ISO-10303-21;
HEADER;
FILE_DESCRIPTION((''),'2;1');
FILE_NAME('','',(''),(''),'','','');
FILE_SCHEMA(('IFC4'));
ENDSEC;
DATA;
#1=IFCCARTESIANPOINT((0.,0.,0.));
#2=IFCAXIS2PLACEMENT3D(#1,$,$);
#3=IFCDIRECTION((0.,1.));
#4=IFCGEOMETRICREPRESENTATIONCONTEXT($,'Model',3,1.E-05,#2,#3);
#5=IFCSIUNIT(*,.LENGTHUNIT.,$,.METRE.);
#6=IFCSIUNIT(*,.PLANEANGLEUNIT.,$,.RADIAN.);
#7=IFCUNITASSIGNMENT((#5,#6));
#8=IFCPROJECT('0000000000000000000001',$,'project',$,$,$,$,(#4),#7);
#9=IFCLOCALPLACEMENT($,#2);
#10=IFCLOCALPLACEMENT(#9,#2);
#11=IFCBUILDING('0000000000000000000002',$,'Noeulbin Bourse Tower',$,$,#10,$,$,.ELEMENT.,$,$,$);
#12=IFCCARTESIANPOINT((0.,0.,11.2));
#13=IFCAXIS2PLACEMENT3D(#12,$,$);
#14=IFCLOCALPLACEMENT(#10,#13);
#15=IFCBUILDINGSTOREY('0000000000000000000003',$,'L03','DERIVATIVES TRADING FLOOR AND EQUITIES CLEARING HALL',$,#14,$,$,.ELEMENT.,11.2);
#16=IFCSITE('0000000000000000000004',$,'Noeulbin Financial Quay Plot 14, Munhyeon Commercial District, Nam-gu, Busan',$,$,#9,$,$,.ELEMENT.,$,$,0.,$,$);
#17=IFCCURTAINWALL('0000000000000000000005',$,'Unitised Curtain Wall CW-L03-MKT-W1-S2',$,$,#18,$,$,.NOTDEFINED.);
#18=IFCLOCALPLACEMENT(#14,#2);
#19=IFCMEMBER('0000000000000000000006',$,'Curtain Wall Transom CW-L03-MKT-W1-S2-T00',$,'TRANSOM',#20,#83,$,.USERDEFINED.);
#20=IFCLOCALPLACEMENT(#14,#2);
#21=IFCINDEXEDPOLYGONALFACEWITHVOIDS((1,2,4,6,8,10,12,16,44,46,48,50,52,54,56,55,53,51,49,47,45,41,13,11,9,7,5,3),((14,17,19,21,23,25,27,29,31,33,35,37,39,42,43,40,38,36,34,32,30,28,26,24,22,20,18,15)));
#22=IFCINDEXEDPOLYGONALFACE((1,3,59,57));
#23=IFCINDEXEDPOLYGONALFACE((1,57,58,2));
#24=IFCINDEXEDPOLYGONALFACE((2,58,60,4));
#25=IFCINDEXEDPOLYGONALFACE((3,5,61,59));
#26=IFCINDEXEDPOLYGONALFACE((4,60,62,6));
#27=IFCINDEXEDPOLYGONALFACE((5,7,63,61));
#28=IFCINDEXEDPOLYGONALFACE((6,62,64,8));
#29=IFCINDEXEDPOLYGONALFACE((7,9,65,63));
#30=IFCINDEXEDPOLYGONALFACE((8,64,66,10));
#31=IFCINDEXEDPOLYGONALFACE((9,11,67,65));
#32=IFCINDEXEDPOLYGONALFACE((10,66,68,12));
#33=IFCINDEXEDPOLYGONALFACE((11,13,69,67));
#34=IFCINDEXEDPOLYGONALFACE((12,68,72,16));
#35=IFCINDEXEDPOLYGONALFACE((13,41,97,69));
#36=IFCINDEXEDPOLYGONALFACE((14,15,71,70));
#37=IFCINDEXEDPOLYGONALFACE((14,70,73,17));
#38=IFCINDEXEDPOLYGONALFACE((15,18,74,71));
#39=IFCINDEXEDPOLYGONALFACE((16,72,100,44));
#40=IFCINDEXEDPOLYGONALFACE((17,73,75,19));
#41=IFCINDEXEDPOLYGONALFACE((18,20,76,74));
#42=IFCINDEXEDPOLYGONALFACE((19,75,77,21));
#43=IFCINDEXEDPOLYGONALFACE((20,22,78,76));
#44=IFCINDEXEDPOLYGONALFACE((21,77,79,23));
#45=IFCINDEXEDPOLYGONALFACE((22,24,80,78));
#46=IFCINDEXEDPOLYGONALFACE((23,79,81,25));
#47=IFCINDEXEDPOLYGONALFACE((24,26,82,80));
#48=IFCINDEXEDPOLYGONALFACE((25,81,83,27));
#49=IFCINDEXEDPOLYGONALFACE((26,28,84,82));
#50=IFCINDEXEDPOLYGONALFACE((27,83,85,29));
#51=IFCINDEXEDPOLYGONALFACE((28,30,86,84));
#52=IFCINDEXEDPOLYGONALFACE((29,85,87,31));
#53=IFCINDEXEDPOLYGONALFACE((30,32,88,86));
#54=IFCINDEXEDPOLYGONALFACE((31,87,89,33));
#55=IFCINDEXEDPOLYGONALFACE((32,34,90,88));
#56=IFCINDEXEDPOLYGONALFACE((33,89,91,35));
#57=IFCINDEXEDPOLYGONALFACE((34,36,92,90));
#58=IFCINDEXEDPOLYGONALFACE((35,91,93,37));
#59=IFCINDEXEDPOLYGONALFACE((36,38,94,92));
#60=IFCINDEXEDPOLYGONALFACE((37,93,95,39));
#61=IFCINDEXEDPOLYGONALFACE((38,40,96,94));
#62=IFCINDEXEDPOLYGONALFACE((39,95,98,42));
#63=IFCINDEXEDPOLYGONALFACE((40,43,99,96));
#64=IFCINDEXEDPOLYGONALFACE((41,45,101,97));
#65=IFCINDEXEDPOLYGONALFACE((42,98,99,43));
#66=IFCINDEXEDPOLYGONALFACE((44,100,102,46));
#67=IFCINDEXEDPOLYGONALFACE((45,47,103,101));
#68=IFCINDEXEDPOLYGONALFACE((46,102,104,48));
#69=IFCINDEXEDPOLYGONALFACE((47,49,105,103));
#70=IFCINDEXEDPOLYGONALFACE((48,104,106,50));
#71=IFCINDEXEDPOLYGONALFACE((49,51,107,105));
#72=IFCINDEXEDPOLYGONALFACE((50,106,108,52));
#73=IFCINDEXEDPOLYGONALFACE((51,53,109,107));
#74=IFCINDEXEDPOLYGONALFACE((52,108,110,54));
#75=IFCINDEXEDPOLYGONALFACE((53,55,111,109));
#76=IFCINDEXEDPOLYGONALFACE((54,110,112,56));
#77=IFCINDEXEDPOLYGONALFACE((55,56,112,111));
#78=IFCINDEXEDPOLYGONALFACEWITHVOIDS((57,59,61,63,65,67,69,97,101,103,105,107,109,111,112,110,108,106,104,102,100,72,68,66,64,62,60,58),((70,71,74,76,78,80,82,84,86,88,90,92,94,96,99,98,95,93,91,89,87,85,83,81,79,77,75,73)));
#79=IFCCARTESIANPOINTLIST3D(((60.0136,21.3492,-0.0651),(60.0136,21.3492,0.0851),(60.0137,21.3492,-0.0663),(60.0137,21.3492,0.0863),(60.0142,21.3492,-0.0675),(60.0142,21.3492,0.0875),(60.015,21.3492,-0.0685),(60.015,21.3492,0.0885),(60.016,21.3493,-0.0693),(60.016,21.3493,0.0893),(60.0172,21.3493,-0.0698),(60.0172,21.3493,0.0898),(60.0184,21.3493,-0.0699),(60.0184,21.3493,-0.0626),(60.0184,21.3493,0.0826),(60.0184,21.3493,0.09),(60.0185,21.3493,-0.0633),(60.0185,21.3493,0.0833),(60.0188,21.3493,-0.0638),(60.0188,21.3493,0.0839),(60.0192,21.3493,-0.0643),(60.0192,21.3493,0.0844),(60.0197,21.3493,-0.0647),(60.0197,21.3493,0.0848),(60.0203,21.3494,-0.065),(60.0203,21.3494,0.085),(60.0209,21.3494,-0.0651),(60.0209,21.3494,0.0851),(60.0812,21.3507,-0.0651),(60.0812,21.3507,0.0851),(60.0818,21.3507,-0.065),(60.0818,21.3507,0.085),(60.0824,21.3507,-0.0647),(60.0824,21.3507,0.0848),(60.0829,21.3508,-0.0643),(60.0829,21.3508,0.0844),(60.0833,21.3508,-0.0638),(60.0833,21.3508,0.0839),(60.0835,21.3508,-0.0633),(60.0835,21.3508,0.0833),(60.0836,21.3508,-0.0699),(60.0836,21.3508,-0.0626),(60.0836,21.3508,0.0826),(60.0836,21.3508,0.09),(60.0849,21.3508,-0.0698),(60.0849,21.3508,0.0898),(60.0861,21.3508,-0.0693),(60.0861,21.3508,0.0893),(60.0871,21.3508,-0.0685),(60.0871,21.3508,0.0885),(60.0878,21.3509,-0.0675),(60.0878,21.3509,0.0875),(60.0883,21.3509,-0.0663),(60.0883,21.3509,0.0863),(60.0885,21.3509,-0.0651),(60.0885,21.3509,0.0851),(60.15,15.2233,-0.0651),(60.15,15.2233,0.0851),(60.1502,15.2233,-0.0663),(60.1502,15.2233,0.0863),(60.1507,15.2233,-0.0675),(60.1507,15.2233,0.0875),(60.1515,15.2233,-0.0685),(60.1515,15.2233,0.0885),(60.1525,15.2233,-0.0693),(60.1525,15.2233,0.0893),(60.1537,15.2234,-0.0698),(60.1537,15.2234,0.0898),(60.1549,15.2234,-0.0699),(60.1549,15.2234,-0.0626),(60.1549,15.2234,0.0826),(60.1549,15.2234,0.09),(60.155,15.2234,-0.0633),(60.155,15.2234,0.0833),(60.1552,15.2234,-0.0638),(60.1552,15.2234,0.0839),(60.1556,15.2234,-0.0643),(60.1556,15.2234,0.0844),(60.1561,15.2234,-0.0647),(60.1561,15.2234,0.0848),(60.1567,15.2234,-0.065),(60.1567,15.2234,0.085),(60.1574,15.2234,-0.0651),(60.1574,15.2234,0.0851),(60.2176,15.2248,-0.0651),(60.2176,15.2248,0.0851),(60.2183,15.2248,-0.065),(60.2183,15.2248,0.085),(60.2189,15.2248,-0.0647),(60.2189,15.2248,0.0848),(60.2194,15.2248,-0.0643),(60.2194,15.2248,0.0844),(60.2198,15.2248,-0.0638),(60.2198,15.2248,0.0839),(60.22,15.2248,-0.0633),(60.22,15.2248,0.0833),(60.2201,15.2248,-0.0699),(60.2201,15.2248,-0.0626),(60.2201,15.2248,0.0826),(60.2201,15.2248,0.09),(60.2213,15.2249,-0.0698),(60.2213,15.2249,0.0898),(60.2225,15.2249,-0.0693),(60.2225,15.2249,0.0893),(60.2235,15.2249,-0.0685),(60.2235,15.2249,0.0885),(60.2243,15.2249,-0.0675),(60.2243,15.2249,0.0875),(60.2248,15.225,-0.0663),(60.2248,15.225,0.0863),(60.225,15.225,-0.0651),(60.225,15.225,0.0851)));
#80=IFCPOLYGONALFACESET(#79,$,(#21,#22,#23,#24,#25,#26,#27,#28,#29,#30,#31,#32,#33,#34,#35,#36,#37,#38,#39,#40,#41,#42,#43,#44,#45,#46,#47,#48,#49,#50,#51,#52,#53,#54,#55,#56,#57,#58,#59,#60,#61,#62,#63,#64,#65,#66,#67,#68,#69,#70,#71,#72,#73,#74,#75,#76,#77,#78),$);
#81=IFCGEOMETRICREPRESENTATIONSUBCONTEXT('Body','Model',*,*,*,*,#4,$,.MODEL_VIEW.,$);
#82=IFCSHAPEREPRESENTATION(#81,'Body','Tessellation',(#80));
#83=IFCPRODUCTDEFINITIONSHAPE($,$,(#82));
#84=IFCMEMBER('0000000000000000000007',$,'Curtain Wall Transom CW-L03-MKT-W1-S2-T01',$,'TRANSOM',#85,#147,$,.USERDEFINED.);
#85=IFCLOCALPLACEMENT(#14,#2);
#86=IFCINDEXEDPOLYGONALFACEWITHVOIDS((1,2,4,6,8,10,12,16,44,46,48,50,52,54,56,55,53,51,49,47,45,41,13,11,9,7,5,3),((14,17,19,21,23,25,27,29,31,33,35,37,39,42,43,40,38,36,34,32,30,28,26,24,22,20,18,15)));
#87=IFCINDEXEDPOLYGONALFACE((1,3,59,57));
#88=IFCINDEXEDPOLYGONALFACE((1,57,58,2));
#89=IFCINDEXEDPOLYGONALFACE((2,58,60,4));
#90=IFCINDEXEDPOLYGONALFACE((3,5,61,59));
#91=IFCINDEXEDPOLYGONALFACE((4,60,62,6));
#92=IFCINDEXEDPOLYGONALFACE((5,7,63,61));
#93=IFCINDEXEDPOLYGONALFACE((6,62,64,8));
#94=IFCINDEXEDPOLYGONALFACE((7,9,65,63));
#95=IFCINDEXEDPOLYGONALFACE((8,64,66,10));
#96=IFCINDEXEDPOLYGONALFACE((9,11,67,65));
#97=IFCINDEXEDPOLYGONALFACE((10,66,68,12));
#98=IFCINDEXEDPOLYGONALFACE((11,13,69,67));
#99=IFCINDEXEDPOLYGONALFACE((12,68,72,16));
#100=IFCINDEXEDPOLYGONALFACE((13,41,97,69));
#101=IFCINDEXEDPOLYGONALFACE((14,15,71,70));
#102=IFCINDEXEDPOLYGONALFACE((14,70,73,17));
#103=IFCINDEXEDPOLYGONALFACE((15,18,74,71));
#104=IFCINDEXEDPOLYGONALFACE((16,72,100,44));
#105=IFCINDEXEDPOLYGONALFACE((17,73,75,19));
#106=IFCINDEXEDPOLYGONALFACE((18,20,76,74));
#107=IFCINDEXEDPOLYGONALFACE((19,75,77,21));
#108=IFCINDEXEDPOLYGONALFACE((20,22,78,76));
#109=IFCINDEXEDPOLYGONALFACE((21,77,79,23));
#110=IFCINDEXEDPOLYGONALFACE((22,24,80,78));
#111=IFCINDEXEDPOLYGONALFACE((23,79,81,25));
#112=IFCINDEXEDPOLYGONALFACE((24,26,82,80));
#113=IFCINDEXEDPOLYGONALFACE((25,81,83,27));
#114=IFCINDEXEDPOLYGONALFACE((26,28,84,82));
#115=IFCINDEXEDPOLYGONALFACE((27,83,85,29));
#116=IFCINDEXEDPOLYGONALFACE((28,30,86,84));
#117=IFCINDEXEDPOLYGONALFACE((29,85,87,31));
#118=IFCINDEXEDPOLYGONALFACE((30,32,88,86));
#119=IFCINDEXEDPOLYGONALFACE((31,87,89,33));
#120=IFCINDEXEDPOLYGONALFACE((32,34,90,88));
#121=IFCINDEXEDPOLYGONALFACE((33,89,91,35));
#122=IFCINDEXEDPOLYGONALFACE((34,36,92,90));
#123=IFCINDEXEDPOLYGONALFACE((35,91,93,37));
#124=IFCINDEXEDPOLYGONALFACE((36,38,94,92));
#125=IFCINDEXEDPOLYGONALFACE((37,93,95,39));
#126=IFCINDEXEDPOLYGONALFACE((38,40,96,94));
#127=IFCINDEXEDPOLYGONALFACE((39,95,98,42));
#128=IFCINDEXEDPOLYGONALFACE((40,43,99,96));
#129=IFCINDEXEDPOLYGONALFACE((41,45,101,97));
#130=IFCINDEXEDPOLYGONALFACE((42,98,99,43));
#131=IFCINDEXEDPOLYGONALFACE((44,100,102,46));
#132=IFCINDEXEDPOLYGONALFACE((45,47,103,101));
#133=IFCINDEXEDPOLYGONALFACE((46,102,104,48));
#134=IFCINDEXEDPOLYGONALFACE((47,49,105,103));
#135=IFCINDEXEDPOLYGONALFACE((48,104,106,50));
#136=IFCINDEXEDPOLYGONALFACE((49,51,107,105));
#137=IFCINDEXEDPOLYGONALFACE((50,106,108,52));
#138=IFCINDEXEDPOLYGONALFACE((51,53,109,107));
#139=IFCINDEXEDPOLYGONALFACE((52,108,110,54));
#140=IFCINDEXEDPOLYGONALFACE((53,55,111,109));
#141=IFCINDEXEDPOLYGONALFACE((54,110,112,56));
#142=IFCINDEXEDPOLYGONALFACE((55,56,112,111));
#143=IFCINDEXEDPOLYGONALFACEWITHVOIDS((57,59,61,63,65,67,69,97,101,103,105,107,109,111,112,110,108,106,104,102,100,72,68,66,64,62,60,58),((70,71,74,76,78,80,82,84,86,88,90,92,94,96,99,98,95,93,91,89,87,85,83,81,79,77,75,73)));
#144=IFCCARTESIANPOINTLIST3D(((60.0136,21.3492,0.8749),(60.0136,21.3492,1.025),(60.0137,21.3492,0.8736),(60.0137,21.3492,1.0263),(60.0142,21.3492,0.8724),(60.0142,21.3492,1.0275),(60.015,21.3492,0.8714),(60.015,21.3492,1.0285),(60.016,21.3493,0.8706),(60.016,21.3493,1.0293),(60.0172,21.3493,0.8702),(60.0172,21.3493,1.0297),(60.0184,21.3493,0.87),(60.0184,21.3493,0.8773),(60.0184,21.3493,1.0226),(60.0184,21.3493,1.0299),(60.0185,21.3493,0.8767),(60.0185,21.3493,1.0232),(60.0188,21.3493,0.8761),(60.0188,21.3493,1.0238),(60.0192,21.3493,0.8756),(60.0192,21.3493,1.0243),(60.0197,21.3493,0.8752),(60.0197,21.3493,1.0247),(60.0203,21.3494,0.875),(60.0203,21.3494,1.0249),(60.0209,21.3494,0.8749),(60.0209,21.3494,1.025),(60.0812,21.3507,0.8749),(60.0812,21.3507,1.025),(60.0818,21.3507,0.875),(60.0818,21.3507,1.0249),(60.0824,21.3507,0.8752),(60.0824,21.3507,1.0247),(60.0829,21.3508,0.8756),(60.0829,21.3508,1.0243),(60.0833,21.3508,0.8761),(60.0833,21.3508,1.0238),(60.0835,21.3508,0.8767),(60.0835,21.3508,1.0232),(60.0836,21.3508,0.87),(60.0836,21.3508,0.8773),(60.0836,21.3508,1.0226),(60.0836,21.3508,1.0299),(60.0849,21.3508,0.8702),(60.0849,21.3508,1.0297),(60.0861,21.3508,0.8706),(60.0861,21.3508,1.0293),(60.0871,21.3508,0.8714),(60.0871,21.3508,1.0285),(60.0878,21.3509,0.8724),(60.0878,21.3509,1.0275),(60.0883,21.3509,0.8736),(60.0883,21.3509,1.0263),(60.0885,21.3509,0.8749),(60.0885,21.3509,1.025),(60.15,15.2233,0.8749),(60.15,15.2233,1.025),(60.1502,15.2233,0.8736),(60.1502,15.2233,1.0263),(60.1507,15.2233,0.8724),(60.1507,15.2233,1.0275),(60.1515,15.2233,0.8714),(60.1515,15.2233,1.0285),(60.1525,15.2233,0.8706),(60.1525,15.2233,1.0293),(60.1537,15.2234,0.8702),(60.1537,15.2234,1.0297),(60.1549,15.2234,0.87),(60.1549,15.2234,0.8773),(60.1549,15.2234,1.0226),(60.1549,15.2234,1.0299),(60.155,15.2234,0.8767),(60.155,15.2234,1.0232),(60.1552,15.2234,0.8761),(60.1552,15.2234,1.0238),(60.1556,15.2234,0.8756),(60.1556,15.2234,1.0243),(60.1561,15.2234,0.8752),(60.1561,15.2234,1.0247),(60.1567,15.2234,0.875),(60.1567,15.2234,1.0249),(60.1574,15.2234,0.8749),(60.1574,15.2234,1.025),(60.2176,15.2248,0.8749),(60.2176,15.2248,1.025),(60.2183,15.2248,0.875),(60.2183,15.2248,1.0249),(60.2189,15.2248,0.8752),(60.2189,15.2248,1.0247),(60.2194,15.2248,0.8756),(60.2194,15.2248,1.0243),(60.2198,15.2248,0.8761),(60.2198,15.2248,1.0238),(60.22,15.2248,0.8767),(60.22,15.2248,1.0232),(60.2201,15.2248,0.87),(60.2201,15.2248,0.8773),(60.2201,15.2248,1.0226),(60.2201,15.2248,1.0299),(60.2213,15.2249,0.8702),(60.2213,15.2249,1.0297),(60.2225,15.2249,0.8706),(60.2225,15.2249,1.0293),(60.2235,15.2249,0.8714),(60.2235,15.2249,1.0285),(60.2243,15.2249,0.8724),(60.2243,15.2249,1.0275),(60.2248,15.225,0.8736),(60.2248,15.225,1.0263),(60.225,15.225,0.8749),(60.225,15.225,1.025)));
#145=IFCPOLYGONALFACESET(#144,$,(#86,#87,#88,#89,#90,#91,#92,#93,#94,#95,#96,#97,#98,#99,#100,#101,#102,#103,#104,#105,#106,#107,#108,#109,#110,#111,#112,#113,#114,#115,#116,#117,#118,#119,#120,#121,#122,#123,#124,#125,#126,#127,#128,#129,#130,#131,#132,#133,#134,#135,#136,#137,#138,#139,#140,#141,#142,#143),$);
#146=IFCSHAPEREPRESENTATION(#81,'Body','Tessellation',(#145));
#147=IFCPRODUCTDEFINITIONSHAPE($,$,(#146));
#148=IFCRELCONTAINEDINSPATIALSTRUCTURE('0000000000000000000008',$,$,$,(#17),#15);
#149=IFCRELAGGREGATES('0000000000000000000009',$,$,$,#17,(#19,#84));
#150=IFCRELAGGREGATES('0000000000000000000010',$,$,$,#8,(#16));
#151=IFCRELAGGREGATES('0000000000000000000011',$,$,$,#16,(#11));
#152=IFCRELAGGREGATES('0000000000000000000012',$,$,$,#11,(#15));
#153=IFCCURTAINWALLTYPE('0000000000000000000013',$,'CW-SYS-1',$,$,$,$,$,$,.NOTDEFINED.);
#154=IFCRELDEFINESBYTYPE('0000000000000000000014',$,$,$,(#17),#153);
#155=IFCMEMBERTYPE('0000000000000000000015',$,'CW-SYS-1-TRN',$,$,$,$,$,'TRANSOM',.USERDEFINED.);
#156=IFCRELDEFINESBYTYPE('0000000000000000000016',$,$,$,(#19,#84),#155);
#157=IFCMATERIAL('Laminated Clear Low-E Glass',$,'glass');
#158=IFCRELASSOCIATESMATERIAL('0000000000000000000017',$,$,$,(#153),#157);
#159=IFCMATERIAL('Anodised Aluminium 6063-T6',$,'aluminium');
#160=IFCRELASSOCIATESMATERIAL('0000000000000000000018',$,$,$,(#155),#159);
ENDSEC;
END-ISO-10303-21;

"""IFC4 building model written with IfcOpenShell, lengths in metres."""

from ifc_helpers import new_model, si_unit, direction, frame, origin, origin_2d, place, context, subcontext, project, spatial, hollow_rectangle, extrude, material, material_profile, profile_set, type_object, element, aggregate, save


model = new_model("IFC4")

# Units and contexts
model_context = context("Model", 3, precision=1e-05, world=origin(), true_north=direction((0.0, 1.0)))
body_context = subcontext(model_context, "Body", "Model", "MODEL_VIEW")
ifc_project = project(units=[si_unit("LENGTHUNIT", "METRE"), si_unit("PLANEANGLEUNIT", "RADIAN")], contexts=[model_context])

# Site, building, storey
site_placement = place(None, origin())
site = spatial("IfcSite", under=ifc_project, at=site_placement, Name="Noeulbin Financial Quay Plot 14, Munhyeon Commercial District, Nam-gu, Busan", CompositionType="ELEMENT", RefElevation=0.0)
building_placement = place(site_placement, origin())
building = spatial("IfcBuilding", under=site, at=building_placement, Name="Noeulbin Bourse Tower", CompositionType="ELEMENT")
storey_placement = place(building_placement, frame((0.0, 0.0, 11.2)))
storey = spatial("IfcBuildingStorey", under=building, at=storey_placement, Name="L03", Description="DERIVATIVES TRADING FLOOR AND EQUITIES CLEARING HALL", CompositionType="ELEMENT", Elevation=11.2)

# Shared definitions
ifc_material_1 = material(Name="Laminated Clear Low-E Glass", Category="glass")
curtain_wall_type = type_object("IfcCurtainWallType", Name="CW-SYS-1", PredefinedType="NOTDEFINED", material=ifc_material_1)
ifc_material_2 = material(Name="Anodised Aluminium 6063-T6", Category="aluminium")

# Curtain wall
curtain_wall_1_placement = place(storey_placement, origin())
curtain_wall_1 = element("IfcCurtainWall", 1, at=curtain_wall_1_placement, inside=storey, type_object=curtain_wall_type, Name="Unitised Curtain Wall CW-L03-MKT-W1-S2", PredefinedType="NOTDEFINED")

# Members
ifc_material_profile_1 = material_profile(ifc_material_2, hollow_rectangle(XDim=0.075, YDim=0.1599, WallThickness=0.0049, InnerFilletRadius=0.0024, OuterFilletRadius=0.0049, at=origin_2d()), Name="ALU-TRAN-75x160x5", Category="LoadBearing")
ifc_profile_set_1 = profile_set([ifc_material_profile_1], Name="Anodised Aluminium 6063-T6")
member_type_1 = type_object("IfcMemberType", Name="CW-SYS-1-TRN", ElementType="TRANSOM", PredefinedType="USERDEFINED", material=ifc_profile_set_1)
member_1_placement = place(storey_placement, frame((60.1875, 15.2241, 0.01), z_axis=(-0.022272, 0.999752, 0.0), x_axis=(-0.999752, -0.022272, 0.0)))
member_1 = element("IfcMember", 2, at=member_1_placement, type_object=member_type_1, Name="Curtain Wall Transom CW-L03-MKT-W1-S2-T00", ObjectType="TRANSOM", PredefinedType="USERDEFINED", context=body_context, shape_type="SweptSolid", body=[
    extrude(hollow_rectangle(XDim=0.075, YDim=0.1599, WallThickness=0.0049, InnerFilletRadius=0.0024, OuterFilletRadius=0.0049, at=origin_2d()), origin(), (0.0, 0.0, 1.0), 6.1274),
])
member_2_placement = place(storey_placement, frame((60.1875, 15.2241, 0.95), z_axis=(-0.022272, 0.999752, 0.0), x_axis=(-0.999752, -0.022272, 0.0)))
member_2 = element("IfcMember", 3, at=member_2_placement, type_object=member_type_1, Name="Curtain Wall Transom CW-L03-MKT-W1-S2-T01", ObjectType="TRANSOM", PredefinedType="USERDEFINED", context=body_context, shape_type="SweptSolid", body=[
    extrude(hollow_rectangle(XDim=0.075, YDim=0.1599, WallThickness=0.0049, InnerFilletRadius=0.0024, OuterFilletRadius=0.0049, at=origin_2d()), origin(), (0.0, 0.0, 1.0), 6.1274),
])
aggregate(curtain_wall_1, [member_1, member_2])

save(model, "model.ifc")
